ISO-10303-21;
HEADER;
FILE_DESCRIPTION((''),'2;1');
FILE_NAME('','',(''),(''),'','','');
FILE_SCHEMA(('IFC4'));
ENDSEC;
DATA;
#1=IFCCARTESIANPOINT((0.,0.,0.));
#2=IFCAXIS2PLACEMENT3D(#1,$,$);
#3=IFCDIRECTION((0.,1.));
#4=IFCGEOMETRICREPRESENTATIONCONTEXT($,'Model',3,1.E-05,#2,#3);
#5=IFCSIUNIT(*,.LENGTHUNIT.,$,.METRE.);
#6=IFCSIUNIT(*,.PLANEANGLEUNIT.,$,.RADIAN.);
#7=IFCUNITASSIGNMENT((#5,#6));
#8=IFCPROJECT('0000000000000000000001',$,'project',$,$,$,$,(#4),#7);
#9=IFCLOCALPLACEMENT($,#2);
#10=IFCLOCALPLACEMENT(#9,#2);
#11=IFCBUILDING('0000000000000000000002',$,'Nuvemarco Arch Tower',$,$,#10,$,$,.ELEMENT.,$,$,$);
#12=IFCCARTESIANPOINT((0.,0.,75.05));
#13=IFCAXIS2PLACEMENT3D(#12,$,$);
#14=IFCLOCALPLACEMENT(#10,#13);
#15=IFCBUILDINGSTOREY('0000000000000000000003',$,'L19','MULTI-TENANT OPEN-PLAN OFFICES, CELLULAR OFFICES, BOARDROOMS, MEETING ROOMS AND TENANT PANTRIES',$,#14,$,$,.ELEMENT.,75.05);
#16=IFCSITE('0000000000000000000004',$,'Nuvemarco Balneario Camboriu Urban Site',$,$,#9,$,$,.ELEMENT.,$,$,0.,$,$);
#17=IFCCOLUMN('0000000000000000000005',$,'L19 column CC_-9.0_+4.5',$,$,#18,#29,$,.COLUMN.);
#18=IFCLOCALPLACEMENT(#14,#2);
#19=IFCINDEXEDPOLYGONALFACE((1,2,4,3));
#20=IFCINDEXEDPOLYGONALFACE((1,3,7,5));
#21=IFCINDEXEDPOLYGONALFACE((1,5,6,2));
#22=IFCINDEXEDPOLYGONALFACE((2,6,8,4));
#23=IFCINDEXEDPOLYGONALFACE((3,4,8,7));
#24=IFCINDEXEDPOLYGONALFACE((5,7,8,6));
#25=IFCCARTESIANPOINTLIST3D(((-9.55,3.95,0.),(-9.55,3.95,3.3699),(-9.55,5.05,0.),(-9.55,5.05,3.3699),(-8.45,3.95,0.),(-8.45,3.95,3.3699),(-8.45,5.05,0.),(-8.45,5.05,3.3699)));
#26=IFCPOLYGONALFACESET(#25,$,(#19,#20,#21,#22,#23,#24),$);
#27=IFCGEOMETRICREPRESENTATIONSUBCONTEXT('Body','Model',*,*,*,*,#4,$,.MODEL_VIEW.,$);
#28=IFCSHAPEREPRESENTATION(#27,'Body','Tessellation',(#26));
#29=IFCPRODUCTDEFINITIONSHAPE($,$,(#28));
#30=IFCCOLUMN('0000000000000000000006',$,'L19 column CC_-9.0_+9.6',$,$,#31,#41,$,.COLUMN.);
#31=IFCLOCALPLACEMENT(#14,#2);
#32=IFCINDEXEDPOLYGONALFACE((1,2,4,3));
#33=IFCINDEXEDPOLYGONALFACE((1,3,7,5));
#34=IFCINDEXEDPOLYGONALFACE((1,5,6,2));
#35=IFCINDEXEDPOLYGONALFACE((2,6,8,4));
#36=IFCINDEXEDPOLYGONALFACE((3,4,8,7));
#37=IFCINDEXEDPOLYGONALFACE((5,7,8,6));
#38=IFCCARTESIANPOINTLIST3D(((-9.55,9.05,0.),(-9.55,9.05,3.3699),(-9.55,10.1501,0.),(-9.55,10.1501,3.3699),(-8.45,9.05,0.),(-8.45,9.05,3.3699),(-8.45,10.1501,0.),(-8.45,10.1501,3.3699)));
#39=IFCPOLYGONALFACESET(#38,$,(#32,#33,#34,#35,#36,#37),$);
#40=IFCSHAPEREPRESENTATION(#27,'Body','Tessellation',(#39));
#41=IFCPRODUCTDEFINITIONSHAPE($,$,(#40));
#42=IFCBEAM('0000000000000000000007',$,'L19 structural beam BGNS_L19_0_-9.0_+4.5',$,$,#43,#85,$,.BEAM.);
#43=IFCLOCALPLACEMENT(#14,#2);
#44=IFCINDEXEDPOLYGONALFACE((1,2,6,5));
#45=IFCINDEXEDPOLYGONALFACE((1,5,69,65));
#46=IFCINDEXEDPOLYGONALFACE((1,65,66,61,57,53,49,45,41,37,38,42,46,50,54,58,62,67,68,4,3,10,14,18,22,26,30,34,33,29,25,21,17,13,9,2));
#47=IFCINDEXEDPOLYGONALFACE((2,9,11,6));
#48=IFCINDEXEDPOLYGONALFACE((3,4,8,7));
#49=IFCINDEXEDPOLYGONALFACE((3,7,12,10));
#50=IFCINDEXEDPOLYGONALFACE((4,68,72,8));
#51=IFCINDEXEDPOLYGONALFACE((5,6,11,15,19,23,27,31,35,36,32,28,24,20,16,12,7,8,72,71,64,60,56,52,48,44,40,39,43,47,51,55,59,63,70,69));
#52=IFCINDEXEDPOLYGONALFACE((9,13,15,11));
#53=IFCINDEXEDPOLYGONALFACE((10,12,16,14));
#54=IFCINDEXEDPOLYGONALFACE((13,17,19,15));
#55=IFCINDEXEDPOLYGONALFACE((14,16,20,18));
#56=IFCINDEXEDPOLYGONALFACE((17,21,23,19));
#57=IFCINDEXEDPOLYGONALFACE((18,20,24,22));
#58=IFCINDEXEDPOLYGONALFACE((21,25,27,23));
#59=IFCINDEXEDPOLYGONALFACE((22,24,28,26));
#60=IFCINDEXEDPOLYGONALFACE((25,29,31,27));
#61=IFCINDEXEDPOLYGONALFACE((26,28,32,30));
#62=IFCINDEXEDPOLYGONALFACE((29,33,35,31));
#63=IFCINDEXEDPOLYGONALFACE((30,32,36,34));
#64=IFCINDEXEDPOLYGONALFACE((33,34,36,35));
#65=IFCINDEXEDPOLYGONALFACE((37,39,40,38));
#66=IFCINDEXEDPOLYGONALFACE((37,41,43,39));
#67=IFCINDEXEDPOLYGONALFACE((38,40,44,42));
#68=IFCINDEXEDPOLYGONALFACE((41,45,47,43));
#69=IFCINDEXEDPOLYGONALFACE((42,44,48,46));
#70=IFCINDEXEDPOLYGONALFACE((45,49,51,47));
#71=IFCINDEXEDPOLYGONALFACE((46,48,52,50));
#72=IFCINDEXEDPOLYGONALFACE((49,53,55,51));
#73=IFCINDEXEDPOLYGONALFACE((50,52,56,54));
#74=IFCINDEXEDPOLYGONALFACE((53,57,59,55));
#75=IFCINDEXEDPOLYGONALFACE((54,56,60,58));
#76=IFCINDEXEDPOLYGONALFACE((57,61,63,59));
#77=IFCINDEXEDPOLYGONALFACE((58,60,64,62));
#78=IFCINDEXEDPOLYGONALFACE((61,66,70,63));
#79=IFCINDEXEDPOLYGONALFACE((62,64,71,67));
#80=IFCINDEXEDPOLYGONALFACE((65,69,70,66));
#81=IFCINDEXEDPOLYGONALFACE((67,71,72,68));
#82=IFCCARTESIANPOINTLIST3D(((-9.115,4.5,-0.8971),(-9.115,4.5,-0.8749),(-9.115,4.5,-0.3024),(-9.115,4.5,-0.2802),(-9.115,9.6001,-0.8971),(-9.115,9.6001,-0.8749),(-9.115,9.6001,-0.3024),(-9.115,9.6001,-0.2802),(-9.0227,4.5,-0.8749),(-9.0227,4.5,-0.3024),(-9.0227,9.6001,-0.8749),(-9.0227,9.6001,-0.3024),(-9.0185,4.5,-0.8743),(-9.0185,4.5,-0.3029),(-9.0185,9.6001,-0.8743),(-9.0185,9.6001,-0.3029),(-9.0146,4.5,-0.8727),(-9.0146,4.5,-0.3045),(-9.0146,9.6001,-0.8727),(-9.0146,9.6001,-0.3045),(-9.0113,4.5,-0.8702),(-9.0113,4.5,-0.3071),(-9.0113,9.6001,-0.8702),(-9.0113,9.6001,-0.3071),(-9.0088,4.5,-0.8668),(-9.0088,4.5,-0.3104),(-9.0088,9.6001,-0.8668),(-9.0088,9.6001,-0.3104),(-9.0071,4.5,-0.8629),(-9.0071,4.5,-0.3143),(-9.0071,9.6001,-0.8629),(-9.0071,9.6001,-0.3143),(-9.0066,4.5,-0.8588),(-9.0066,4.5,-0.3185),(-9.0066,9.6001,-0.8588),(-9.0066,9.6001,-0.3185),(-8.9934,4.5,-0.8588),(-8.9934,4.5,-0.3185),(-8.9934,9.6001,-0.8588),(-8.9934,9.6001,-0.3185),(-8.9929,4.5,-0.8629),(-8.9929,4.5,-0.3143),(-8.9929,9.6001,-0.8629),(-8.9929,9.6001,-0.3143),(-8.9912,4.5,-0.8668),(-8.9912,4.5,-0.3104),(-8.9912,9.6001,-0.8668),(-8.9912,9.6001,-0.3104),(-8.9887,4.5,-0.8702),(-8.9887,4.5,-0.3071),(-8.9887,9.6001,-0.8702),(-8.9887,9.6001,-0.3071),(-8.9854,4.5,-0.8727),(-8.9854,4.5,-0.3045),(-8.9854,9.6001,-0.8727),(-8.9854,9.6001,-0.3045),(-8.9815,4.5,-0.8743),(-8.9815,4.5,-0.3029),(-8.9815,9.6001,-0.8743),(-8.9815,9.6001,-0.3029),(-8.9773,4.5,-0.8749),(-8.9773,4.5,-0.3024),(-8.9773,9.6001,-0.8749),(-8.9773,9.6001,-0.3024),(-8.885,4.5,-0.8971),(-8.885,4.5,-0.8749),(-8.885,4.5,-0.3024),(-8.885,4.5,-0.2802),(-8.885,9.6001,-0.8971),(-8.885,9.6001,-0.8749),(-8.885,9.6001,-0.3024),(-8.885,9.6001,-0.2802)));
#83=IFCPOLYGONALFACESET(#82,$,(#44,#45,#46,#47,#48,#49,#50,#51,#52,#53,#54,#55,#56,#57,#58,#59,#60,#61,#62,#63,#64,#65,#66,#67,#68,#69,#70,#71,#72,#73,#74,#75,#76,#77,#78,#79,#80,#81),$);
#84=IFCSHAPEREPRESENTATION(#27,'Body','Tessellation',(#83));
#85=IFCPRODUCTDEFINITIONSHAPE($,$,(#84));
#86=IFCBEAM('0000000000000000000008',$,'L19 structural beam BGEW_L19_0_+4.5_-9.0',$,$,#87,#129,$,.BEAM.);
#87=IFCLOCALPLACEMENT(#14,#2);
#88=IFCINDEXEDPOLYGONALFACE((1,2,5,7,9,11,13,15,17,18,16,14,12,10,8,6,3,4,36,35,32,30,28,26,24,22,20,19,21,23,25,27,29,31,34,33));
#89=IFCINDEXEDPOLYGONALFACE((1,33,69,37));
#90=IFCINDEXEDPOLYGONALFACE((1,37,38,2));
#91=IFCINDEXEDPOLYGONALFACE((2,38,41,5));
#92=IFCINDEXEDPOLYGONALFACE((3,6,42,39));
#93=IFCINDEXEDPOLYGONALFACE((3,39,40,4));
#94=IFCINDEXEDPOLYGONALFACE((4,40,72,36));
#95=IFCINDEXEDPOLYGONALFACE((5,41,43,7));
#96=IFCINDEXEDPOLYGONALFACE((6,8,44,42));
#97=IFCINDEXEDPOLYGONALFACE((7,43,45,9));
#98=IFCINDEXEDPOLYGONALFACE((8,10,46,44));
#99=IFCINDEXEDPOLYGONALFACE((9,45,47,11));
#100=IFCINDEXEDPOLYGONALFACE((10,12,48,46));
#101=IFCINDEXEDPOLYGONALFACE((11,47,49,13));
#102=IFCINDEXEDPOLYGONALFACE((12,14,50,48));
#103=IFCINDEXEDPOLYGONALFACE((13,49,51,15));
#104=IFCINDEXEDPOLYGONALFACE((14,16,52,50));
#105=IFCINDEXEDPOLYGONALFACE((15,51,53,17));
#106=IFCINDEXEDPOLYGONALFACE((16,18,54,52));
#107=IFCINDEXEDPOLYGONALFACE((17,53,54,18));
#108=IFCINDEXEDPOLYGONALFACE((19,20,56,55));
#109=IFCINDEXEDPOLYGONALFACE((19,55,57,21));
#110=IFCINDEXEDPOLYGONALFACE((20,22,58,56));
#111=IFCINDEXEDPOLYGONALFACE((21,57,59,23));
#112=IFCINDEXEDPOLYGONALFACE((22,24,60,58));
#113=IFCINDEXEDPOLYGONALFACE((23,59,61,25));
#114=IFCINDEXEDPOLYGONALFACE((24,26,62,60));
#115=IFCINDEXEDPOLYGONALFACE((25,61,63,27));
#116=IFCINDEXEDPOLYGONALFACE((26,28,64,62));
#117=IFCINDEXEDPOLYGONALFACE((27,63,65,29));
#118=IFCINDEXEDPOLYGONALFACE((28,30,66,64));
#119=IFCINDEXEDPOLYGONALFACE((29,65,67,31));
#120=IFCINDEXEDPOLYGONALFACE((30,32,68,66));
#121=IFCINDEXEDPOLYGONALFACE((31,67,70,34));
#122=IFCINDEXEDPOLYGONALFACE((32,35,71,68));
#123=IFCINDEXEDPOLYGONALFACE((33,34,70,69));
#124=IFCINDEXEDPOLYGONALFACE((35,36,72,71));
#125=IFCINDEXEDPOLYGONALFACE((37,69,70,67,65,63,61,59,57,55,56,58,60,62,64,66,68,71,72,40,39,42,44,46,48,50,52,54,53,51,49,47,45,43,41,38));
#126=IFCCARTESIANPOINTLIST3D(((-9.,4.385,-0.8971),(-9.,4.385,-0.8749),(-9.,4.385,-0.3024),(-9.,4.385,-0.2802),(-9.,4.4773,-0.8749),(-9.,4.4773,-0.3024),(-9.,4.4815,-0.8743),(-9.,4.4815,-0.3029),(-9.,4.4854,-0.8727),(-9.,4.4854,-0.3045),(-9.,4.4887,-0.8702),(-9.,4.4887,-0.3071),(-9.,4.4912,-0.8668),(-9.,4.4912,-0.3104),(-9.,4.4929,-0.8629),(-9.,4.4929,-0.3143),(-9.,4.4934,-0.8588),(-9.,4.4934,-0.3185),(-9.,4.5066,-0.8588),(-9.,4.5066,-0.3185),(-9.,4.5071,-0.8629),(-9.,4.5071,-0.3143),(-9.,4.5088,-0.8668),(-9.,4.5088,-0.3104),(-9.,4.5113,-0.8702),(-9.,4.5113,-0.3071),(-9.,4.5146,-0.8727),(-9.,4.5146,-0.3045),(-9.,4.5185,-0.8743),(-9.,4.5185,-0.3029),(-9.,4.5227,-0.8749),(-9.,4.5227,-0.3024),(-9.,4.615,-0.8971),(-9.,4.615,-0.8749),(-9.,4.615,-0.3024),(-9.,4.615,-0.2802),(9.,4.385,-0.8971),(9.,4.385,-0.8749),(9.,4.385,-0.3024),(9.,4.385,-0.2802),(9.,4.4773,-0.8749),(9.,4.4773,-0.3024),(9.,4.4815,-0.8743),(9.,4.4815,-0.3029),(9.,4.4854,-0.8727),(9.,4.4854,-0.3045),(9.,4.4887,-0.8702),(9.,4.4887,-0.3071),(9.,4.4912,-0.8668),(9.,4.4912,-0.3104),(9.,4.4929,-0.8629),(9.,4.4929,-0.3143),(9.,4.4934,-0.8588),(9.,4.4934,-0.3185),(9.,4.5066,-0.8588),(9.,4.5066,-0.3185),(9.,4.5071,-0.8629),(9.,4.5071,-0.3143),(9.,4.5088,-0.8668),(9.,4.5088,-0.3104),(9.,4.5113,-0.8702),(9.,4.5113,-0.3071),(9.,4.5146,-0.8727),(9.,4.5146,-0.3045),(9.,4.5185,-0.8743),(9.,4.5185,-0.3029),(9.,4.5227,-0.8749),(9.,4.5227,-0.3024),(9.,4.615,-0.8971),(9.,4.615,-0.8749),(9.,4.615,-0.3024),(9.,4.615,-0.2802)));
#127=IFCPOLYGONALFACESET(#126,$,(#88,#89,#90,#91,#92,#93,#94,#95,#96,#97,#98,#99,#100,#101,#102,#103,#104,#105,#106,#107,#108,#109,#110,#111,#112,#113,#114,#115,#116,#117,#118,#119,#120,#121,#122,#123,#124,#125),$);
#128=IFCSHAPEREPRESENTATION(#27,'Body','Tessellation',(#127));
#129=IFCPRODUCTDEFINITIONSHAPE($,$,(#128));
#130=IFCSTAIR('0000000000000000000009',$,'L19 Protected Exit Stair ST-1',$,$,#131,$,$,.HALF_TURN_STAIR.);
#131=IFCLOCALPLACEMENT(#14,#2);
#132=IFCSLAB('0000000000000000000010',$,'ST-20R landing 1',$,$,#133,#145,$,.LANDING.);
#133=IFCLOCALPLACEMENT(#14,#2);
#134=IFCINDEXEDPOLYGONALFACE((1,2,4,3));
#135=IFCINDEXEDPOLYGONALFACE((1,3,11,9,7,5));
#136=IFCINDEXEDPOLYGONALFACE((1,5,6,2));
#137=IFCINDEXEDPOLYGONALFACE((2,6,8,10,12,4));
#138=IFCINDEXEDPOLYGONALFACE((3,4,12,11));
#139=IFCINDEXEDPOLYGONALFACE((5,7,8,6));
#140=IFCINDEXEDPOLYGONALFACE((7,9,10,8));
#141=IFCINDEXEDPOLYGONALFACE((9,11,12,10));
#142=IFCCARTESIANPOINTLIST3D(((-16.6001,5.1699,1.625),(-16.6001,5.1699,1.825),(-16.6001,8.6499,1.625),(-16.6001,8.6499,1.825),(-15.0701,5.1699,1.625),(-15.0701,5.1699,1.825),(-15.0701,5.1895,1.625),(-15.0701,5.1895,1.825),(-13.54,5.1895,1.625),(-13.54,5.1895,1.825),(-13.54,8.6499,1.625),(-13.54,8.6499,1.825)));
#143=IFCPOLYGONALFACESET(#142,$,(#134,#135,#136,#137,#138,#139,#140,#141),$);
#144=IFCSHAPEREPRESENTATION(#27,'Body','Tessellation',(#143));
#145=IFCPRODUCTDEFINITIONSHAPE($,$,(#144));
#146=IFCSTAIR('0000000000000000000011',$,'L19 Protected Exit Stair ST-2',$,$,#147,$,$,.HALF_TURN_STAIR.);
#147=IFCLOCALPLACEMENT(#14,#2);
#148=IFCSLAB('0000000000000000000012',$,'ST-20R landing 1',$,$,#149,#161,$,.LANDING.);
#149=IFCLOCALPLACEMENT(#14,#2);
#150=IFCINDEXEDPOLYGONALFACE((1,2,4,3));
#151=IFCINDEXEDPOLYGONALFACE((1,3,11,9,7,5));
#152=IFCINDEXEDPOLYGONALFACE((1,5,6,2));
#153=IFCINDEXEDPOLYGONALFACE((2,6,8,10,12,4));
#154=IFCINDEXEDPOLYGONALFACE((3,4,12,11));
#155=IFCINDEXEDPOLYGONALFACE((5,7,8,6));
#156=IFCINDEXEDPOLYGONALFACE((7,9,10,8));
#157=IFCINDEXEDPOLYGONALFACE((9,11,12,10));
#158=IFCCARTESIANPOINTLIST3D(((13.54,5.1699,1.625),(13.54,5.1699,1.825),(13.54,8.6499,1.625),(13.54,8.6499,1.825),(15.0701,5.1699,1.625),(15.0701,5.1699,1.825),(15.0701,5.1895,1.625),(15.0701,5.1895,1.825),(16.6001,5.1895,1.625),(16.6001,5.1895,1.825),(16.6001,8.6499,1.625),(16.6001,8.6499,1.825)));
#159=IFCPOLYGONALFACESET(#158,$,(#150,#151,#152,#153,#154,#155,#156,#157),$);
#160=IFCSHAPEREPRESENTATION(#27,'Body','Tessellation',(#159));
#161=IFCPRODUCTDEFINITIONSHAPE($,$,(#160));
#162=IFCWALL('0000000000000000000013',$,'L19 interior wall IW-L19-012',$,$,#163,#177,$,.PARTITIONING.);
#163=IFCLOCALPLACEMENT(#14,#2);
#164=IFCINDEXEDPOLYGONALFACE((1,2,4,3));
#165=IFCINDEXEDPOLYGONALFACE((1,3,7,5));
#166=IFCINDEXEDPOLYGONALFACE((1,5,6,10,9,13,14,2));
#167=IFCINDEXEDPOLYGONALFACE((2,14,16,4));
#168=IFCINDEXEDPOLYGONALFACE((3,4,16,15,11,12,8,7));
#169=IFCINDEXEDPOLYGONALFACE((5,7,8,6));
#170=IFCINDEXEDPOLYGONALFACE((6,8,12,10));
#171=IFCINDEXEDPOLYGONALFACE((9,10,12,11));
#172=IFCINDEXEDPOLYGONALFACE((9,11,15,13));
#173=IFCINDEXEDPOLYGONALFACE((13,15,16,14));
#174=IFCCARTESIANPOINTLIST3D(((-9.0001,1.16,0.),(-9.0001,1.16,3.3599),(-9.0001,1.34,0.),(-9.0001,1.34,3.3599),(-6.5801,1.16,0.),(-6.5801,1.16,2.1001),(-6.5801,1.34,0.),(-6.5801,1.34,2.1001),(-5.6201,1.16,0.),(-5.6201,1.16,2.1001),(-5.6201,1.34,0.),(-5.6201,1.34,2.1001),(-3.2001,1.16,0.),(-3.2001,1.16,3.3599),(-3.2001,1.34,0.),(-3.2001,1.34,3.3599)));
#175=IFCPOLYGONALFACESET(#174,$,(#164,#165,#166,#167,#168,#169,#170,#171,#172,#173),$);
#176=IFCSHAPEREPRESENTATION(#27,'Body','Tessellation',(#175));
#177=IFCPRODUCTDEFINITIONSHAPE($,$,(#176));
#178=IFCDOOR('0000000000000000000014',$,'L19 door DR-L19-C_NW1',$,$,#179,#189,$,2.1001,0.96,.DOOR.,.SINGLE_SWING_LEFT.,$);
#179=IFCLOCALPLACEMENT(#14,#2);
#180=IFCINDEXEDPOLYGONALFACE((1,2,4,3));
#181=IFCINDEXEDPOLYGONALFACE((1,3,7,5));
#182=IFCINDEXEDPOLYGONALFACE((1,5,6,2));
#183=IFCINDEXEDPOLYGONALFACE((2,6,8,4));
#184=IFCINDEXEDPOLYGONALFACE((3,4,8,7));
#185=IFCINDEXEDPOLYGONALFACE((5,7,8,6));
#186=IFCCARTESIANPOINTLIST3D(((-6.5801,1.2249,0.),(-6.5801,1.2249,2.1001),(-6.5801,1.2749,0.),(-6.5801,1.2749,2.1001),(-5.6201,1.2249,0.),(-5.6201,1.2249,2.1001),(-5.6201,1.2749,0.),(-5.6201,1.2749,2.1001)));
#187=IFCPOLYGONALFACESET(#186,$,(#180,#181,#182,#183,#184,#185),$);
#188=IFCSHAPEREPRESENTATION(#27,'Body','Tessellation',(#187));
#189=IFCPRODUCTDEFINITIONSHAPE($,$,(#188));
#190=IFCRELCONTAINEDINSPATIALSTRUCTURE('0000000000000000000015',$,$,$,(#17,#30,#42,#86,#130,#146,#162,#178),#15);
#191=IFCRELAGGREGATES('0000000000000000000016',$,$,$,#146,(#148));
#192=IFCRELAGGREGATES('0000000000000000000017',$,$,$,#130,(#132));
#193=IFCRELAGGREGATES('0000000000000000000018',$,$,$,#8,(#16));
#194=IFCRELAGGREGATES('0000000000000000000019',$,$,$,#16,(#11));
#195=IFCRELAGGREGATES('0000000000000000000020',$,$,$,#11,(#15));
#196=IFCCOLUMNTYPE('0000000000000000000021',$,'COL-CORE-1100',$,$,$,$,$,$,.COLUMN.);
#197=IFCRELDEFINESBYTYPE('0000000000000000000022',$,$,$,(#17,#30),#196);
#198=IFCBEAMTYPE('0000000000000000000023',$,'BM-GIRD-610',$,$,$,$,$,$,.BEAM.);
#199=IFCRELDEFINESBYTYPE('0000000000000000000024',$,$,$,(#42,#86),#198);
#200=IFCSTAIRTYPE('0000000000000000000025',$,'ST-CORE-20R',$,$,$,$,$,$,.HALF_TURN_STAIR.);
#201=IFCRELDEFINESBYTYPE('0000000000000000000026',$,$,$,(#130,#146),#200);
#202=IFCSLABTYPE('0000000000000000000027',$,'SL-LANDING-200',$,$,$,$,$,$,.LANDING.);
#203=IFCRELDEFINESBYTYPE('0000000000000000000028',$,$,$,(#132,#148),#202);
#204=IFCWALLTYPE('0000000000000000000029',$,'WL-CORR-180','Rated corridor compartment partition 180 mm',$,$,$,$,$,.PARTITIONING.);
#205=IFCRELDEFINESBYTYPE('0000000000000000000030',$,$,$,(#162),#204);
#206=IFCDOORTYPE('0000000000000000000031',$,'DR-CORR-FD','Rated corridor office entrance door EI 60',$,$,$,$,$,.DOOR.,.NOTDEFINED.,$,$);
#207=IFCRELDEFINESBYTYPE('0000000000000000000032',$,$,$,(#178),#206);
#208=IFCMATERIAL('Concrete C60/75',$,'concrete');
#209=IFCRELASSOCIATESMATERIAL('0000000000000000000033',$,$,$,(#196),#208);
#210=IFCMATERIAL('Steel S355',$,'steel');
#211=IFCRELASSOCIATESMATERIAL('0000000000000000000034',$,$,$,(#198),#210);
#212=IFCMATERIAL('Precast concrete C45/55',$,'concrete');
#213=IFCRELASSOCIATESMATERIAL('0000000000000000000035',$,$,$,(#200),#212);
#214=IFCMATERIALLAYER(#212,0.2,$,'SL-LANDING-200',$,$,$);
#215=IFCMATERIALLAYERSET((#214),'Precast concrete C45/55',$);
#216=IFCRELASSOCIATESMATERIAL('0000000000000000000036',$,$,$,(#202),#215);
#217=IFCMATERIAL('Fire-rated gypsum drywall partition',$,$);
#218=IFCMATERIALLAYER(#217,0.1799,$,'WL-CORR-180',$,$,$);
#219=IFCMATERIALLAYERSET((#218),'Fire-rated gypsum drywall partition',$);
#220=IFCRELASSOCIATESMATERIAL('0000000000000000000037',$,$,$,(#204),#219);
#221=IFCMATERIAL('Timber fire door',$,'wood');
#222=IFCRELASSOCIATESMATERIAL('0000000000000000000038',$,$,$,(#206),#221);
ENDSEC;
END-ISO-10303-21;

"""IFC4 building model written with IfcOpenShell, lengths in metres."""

from ifc_helpers import new_model, si_unit, direction, frame, frame_2d, origin, origin_2d, place, context, subcontext, project, spatial, polyline, rectangle, i_section, outline, extrude, source, transform, mapped, material, layer, layer_set, material_profile, profile_set, type_object, type_shapes, element, fill, aggregate, save


model = new_model("IFC4")

# Units and contexts
model_context = context("Model", 3, precision=1e-05, world=origin(), true_north=direction((0.0, 1.0)))
body_context = subcontext(model_context, "Body", "Model", "MODEL_VIEW")
ifc_project = project(units=[si_unit("LENGTHUNIT", "METRE"), si_unit("PLANEANGLEUNIT", "RADIAN")], contexts=[model_context])

# Site, building, storey
site_placement = place(None, origin())
site = spatial("IfcSite", under=ifc_project, at=site_placement, Name="Nuvemarco Balneario Camboriu Urban Site", CompositionType="ELEMENT", RefElevation=0.0)
building_placement = place(site_placement, origin())
building = spatial("IfcBuilding", under=site, at=building_placement, Name="Nuvemarco Arch Tower", CompositionType="ELEMENT")
storey_placement = place(building_placement, frame((0.0, 0.0, 75.05)))
storey = spatial("IfcBuildingStorey", under=building, at=storey_placement, Name="L19", Description="MULTI-TENANT OPEN-PLAN OFFICES, CELLULAR OFFICES, BOARDROOMS, MEETING ROOMS AND TENANT PANTRIES", CompositionType="ELEMENT", Elevation=75.05)

# Columns
ifc_material_1 = material(Name="Concrete C60/75", Category="concrete")
ifc_material_profile_1 = material_profile(ifc_material_1, rectangle(XDim=1.1001, YDim=1.1001, at=origin_2d()), Name="RC-COL-1100x1100")
ifc_profile_set_1 = profile_set([ifc_material_profile_1], Name="Concrete C60/75")
column_type = type_object("IfcColumnType", Name="COL-CORE-1100", PredefinedType="COLUMN", material=ifc_profile_set_1)
for number, where, z_axis, x_axis, name in (
    (1, (-9.0, 4.5, 0.0), (0.0, 0.0, 1.0), (1.0, 0.0, 0.0), "L19 column CC_-9.0_+4.5"),
    (2, (-9.0, 9.6001, 0.0), (0.0, 0.0, 1.0), (1.0, 0.0, 0.0), "L19 column CC_-9.0_+9.6"),
):
    element("IfcColumn", number, at=place(storey_placement, frame(where, z_axis=z_axis, x_axis=x_axis)), inside=storey, type_object=column_type, Name=name, PredefinedType="COLUMN", context=body_context, shape_type="SweptSolid", body=[
        extrude(rectangle(XDim=1.1001, YDim=1.1001, at=origin_2d()), origin(), (0.0, 0.0, 1.0), 3.3699),
    ])

# Beams
ifc_material_2 = material(Name="Steel S355", Category="steel")
ifc_material_profile_2 = material_profile(ifc_material_2, i_section(OverallWidth=0.23, OverallDepth=0.6169, WebThickness=0.0132, FlangeThickness=0.0222, FilletRadius=0.0161, at=origin_2d()), Name="W610x140")
ifc_profile_set_2 = profile_set([ifc_material_profile_2], Name="Steel S355")
beam_type = type_object("IfcBeamType", Name="BM-GIRD-610", PredefinedType="BEAM", material=ifc_profile_set_2)
beam_1_placement = place(storey_placement, frame((-9.0, 4.5, -0.5886), z_axis=(0.0, 1.0, 0.0), x_axis=(-1.0, 0.0, 0.0)))
element("IfcBeam", 3, at=beam_1_placement, inside=storey, type_object=beam_type, Name="L19 structural beam BGNS_L19_0_-9.0_+4.5", PredefinedType="BEAM", context=body_context, shape_type="SweptSolid", body=[
    extrude(i_section(OverallWidth=0.23, OverallDepth=0.6169, WebThickness=0.0132, FlangeThickness=0.0222, FilletRadius=0.0161, at=origin_2d()), origin(), (0.0, 0.0, 1.0), 5.1001),
])
beam_2_placement = place(storey_placement, frame((-9.0, 4.5, -0.5886), z_axis=(1.0, 0.0, 0.0), x_axis=(0.0, 1.0, 0.0)))
element("IfcBeam", 4, at=beam_2_placement, inside=storey, type_object=beam_type, Name="L19 structural beam BGEW_L19_0_+4.5_-9.0", PredefinedType="BEAM", context=body_context, shape_type="SweptSolid", body=[
    extrude(i_section(OverallWidth=0.23, OverallDepth=0.6169, WebThickness=0.0132, FlangeThickness=0.0222, FilletRadius=0.0161, at=origin_2d()), origin(), (0.0, 0.0, 1.0), 18.0),
])

# Stairs, slabs
ifc_material_3 = material(Name="Precast concrete C45/55", Category="concrete")
stair_type = type_object("IfcStairType", Name="ST-CORE-20R", PredefinedType="HALF_TURN_STAIR", material=ifc_material_3)
stair_1_placement = place(storey_placement, origin())
stair_1 = element("IfcStair", 5, at=stair_1_placement, inside=storey, type_object=stair_type, Name="L19 Protected Exit Stair ST-1", PredefinedType="HALF_TURN_STAIR")
ifc_layer_1 = layer(ifc_material_3, 0.2, Name="SL-LANDING-200")
ifc_layer_set_1 = layer_set([ifc_layer_1], Name="Precast concrete C45/55")
slab_type = type_object("IfcSlabType", Name="SL-LANDING-200", PredefinedType="LANDING", material=ifc_layer_set_1)
slab_1_placement = place(storey_placement, frame((0.0, 0.0, 1.625)))
slab_1 = element("IfcSlab", 6, at=slab_1_placement, type_object=slab_type, Name="ST-20R landing 1", PredefinedType="LANDING", context=body_context, shape_type="SweptSolid", body=[
    extrude(outline(polyline([(-13.54, 5.1895), (-13.54, 8.6499), (-16.6001, 8.6499), (-16.6001, 5.1699), (-15.0701, 5.1699), (-15.0701, 5.1895), (-13.54, 5.1895)])), origin(), (0.0, 0.0, 1.0), 0.2),
])
stair_2_placement = place(storey_placement, origin())
stair_2 = element("IfcStair", 7, at=stair_2_placement, inside=storey, type_object=stair_type, Name="L19 Protected Exit Stair ST-2", PredefinedType="HALF_TURN_STAIR")
slab_2_placement = place(storey_placement, frame((0.0, 0.0, 1.625)))
slab_2 = element("IfcSlab", 8, at=slab_2_placement, type_object=slab_type, Name="ST-20R landing 1", PredefinedType="LANDING", context=body_context, shape_type="SweptSolid", body=[
    extrude(outline(polyline([(16.6001, 5.1895), (16.6001, 8.6499), (13.54, 8.6499), (13.54, 5.1699), (15.0701, 5.1699), (15.0701, 5.1895), (16.6001, 5.1895)])), origin(), (0.0, 0.0, 1.0), 0.2),
])
aggregate(stair_2, [slab_2])

# Wall, opening, door
ifc_material_4 = material(Name="Fire-rated gypsum drywall partition")
ifc_layer_2 = layer(ifc_material_4, 0.1799, Name="WL-CORR-180")
ifc_layer_set_2 = layer_set([ifc_layer_2], Name="Fire-rated gypsum drywall partition")
wall_type_1 = type_object("IfcWallType", Name="WL-CORR-180", Description="Rated corridor compartment partition 180 mm", PredefinedType="PARTITIONING", material=ifc_layer_set_2)
wall_1_placement = place(storey_placement, frame((-9.0, 1.25, 0.0), z_axis=(0.0, 0.0, 1.0), x_axis=(1.0, 0.0, 0.0)))
wall_1 = element("IfcWall", 9, at=wall_1_placement, inside=storey, type_object=wall_type_1, Name="L19 interior wall IW-L19-012", PredefinedType="PARTITIONING", context=body_context, shape_type="SweptSolid", body=[
    extrude(rectangle(XDim=5.8, YDim=0.1799, at=frame_2d((2.8999, 0.0))), origin(), (0.0, 0.0, 1.0), 3.3599),
])
opening_1_placement = place(wall_1_placement, frame((2.4199, 0.0, 0.0)))
opening_1 = element("IfcOpeningElement", 10, at=opening_1_placement, cuts=wall_1, PredefinedType="OPENING", context=body_context, shape_type="SweptSolid", body=[
    extrude(rectangle(XDim=0.96, YDim=2.1001, at=frame_2d((0.48, 1.05))), frame((0.0, 0.0999, 0.0), z_axis=(0.0, -1.0, 0.0), x_axis=(1.0, 0.0, 0.0)), (0.0, 0.0, 1.0), 0.2),
])
ifc_material_5 = material(Name="Timber fire door", Category="wood")
door_type_1 = type_object("IfcDoorType", Name="DR-CORR-FD", Description="Rated corridor office entrance door EI 60", OperationType="NOTDEFINED", PredefinedType="DOOR", material=ifc_material_5)
shared_shape_1 = source(origin(), body_context, "Body", "SweptSolid", [
    extrude(rectangle(XDim=0.96, YDim=2.1001, at=frame_2d((0.48, 1.05))), frame((0.0, 0.0249, 0.0), z_axis=(0.0, -1.0, 0.0), x_axis=(1.0, 0.0, 0.0)), (0.0, 0.0, 1.0), 0.05),
])
type_shapes(door_type_1, [shared_shape_1])
door_1_placement = place(opening_1_placement, origin())
door_1 = element("IfcDoor", 11, at=door_1_placement, inside=storey, type_object=door_type_1, Name="L19 door DR-L19-C_NW1", OperationType="SINGLE_SWING_LEFT", OverallHeight=2.1001, OverallWidth=0.96, PredefinedType="DOOR", context=body_context, shape_type="MappedRepresentation", body=[
    mapped(shared_shape_1, transform((0.0, 0.0, 0.0), scale=1.0)),
])
fill(opening_1, door_1)

aggregate(stair_1, [slab_1])

save(model, "model.ifc")
